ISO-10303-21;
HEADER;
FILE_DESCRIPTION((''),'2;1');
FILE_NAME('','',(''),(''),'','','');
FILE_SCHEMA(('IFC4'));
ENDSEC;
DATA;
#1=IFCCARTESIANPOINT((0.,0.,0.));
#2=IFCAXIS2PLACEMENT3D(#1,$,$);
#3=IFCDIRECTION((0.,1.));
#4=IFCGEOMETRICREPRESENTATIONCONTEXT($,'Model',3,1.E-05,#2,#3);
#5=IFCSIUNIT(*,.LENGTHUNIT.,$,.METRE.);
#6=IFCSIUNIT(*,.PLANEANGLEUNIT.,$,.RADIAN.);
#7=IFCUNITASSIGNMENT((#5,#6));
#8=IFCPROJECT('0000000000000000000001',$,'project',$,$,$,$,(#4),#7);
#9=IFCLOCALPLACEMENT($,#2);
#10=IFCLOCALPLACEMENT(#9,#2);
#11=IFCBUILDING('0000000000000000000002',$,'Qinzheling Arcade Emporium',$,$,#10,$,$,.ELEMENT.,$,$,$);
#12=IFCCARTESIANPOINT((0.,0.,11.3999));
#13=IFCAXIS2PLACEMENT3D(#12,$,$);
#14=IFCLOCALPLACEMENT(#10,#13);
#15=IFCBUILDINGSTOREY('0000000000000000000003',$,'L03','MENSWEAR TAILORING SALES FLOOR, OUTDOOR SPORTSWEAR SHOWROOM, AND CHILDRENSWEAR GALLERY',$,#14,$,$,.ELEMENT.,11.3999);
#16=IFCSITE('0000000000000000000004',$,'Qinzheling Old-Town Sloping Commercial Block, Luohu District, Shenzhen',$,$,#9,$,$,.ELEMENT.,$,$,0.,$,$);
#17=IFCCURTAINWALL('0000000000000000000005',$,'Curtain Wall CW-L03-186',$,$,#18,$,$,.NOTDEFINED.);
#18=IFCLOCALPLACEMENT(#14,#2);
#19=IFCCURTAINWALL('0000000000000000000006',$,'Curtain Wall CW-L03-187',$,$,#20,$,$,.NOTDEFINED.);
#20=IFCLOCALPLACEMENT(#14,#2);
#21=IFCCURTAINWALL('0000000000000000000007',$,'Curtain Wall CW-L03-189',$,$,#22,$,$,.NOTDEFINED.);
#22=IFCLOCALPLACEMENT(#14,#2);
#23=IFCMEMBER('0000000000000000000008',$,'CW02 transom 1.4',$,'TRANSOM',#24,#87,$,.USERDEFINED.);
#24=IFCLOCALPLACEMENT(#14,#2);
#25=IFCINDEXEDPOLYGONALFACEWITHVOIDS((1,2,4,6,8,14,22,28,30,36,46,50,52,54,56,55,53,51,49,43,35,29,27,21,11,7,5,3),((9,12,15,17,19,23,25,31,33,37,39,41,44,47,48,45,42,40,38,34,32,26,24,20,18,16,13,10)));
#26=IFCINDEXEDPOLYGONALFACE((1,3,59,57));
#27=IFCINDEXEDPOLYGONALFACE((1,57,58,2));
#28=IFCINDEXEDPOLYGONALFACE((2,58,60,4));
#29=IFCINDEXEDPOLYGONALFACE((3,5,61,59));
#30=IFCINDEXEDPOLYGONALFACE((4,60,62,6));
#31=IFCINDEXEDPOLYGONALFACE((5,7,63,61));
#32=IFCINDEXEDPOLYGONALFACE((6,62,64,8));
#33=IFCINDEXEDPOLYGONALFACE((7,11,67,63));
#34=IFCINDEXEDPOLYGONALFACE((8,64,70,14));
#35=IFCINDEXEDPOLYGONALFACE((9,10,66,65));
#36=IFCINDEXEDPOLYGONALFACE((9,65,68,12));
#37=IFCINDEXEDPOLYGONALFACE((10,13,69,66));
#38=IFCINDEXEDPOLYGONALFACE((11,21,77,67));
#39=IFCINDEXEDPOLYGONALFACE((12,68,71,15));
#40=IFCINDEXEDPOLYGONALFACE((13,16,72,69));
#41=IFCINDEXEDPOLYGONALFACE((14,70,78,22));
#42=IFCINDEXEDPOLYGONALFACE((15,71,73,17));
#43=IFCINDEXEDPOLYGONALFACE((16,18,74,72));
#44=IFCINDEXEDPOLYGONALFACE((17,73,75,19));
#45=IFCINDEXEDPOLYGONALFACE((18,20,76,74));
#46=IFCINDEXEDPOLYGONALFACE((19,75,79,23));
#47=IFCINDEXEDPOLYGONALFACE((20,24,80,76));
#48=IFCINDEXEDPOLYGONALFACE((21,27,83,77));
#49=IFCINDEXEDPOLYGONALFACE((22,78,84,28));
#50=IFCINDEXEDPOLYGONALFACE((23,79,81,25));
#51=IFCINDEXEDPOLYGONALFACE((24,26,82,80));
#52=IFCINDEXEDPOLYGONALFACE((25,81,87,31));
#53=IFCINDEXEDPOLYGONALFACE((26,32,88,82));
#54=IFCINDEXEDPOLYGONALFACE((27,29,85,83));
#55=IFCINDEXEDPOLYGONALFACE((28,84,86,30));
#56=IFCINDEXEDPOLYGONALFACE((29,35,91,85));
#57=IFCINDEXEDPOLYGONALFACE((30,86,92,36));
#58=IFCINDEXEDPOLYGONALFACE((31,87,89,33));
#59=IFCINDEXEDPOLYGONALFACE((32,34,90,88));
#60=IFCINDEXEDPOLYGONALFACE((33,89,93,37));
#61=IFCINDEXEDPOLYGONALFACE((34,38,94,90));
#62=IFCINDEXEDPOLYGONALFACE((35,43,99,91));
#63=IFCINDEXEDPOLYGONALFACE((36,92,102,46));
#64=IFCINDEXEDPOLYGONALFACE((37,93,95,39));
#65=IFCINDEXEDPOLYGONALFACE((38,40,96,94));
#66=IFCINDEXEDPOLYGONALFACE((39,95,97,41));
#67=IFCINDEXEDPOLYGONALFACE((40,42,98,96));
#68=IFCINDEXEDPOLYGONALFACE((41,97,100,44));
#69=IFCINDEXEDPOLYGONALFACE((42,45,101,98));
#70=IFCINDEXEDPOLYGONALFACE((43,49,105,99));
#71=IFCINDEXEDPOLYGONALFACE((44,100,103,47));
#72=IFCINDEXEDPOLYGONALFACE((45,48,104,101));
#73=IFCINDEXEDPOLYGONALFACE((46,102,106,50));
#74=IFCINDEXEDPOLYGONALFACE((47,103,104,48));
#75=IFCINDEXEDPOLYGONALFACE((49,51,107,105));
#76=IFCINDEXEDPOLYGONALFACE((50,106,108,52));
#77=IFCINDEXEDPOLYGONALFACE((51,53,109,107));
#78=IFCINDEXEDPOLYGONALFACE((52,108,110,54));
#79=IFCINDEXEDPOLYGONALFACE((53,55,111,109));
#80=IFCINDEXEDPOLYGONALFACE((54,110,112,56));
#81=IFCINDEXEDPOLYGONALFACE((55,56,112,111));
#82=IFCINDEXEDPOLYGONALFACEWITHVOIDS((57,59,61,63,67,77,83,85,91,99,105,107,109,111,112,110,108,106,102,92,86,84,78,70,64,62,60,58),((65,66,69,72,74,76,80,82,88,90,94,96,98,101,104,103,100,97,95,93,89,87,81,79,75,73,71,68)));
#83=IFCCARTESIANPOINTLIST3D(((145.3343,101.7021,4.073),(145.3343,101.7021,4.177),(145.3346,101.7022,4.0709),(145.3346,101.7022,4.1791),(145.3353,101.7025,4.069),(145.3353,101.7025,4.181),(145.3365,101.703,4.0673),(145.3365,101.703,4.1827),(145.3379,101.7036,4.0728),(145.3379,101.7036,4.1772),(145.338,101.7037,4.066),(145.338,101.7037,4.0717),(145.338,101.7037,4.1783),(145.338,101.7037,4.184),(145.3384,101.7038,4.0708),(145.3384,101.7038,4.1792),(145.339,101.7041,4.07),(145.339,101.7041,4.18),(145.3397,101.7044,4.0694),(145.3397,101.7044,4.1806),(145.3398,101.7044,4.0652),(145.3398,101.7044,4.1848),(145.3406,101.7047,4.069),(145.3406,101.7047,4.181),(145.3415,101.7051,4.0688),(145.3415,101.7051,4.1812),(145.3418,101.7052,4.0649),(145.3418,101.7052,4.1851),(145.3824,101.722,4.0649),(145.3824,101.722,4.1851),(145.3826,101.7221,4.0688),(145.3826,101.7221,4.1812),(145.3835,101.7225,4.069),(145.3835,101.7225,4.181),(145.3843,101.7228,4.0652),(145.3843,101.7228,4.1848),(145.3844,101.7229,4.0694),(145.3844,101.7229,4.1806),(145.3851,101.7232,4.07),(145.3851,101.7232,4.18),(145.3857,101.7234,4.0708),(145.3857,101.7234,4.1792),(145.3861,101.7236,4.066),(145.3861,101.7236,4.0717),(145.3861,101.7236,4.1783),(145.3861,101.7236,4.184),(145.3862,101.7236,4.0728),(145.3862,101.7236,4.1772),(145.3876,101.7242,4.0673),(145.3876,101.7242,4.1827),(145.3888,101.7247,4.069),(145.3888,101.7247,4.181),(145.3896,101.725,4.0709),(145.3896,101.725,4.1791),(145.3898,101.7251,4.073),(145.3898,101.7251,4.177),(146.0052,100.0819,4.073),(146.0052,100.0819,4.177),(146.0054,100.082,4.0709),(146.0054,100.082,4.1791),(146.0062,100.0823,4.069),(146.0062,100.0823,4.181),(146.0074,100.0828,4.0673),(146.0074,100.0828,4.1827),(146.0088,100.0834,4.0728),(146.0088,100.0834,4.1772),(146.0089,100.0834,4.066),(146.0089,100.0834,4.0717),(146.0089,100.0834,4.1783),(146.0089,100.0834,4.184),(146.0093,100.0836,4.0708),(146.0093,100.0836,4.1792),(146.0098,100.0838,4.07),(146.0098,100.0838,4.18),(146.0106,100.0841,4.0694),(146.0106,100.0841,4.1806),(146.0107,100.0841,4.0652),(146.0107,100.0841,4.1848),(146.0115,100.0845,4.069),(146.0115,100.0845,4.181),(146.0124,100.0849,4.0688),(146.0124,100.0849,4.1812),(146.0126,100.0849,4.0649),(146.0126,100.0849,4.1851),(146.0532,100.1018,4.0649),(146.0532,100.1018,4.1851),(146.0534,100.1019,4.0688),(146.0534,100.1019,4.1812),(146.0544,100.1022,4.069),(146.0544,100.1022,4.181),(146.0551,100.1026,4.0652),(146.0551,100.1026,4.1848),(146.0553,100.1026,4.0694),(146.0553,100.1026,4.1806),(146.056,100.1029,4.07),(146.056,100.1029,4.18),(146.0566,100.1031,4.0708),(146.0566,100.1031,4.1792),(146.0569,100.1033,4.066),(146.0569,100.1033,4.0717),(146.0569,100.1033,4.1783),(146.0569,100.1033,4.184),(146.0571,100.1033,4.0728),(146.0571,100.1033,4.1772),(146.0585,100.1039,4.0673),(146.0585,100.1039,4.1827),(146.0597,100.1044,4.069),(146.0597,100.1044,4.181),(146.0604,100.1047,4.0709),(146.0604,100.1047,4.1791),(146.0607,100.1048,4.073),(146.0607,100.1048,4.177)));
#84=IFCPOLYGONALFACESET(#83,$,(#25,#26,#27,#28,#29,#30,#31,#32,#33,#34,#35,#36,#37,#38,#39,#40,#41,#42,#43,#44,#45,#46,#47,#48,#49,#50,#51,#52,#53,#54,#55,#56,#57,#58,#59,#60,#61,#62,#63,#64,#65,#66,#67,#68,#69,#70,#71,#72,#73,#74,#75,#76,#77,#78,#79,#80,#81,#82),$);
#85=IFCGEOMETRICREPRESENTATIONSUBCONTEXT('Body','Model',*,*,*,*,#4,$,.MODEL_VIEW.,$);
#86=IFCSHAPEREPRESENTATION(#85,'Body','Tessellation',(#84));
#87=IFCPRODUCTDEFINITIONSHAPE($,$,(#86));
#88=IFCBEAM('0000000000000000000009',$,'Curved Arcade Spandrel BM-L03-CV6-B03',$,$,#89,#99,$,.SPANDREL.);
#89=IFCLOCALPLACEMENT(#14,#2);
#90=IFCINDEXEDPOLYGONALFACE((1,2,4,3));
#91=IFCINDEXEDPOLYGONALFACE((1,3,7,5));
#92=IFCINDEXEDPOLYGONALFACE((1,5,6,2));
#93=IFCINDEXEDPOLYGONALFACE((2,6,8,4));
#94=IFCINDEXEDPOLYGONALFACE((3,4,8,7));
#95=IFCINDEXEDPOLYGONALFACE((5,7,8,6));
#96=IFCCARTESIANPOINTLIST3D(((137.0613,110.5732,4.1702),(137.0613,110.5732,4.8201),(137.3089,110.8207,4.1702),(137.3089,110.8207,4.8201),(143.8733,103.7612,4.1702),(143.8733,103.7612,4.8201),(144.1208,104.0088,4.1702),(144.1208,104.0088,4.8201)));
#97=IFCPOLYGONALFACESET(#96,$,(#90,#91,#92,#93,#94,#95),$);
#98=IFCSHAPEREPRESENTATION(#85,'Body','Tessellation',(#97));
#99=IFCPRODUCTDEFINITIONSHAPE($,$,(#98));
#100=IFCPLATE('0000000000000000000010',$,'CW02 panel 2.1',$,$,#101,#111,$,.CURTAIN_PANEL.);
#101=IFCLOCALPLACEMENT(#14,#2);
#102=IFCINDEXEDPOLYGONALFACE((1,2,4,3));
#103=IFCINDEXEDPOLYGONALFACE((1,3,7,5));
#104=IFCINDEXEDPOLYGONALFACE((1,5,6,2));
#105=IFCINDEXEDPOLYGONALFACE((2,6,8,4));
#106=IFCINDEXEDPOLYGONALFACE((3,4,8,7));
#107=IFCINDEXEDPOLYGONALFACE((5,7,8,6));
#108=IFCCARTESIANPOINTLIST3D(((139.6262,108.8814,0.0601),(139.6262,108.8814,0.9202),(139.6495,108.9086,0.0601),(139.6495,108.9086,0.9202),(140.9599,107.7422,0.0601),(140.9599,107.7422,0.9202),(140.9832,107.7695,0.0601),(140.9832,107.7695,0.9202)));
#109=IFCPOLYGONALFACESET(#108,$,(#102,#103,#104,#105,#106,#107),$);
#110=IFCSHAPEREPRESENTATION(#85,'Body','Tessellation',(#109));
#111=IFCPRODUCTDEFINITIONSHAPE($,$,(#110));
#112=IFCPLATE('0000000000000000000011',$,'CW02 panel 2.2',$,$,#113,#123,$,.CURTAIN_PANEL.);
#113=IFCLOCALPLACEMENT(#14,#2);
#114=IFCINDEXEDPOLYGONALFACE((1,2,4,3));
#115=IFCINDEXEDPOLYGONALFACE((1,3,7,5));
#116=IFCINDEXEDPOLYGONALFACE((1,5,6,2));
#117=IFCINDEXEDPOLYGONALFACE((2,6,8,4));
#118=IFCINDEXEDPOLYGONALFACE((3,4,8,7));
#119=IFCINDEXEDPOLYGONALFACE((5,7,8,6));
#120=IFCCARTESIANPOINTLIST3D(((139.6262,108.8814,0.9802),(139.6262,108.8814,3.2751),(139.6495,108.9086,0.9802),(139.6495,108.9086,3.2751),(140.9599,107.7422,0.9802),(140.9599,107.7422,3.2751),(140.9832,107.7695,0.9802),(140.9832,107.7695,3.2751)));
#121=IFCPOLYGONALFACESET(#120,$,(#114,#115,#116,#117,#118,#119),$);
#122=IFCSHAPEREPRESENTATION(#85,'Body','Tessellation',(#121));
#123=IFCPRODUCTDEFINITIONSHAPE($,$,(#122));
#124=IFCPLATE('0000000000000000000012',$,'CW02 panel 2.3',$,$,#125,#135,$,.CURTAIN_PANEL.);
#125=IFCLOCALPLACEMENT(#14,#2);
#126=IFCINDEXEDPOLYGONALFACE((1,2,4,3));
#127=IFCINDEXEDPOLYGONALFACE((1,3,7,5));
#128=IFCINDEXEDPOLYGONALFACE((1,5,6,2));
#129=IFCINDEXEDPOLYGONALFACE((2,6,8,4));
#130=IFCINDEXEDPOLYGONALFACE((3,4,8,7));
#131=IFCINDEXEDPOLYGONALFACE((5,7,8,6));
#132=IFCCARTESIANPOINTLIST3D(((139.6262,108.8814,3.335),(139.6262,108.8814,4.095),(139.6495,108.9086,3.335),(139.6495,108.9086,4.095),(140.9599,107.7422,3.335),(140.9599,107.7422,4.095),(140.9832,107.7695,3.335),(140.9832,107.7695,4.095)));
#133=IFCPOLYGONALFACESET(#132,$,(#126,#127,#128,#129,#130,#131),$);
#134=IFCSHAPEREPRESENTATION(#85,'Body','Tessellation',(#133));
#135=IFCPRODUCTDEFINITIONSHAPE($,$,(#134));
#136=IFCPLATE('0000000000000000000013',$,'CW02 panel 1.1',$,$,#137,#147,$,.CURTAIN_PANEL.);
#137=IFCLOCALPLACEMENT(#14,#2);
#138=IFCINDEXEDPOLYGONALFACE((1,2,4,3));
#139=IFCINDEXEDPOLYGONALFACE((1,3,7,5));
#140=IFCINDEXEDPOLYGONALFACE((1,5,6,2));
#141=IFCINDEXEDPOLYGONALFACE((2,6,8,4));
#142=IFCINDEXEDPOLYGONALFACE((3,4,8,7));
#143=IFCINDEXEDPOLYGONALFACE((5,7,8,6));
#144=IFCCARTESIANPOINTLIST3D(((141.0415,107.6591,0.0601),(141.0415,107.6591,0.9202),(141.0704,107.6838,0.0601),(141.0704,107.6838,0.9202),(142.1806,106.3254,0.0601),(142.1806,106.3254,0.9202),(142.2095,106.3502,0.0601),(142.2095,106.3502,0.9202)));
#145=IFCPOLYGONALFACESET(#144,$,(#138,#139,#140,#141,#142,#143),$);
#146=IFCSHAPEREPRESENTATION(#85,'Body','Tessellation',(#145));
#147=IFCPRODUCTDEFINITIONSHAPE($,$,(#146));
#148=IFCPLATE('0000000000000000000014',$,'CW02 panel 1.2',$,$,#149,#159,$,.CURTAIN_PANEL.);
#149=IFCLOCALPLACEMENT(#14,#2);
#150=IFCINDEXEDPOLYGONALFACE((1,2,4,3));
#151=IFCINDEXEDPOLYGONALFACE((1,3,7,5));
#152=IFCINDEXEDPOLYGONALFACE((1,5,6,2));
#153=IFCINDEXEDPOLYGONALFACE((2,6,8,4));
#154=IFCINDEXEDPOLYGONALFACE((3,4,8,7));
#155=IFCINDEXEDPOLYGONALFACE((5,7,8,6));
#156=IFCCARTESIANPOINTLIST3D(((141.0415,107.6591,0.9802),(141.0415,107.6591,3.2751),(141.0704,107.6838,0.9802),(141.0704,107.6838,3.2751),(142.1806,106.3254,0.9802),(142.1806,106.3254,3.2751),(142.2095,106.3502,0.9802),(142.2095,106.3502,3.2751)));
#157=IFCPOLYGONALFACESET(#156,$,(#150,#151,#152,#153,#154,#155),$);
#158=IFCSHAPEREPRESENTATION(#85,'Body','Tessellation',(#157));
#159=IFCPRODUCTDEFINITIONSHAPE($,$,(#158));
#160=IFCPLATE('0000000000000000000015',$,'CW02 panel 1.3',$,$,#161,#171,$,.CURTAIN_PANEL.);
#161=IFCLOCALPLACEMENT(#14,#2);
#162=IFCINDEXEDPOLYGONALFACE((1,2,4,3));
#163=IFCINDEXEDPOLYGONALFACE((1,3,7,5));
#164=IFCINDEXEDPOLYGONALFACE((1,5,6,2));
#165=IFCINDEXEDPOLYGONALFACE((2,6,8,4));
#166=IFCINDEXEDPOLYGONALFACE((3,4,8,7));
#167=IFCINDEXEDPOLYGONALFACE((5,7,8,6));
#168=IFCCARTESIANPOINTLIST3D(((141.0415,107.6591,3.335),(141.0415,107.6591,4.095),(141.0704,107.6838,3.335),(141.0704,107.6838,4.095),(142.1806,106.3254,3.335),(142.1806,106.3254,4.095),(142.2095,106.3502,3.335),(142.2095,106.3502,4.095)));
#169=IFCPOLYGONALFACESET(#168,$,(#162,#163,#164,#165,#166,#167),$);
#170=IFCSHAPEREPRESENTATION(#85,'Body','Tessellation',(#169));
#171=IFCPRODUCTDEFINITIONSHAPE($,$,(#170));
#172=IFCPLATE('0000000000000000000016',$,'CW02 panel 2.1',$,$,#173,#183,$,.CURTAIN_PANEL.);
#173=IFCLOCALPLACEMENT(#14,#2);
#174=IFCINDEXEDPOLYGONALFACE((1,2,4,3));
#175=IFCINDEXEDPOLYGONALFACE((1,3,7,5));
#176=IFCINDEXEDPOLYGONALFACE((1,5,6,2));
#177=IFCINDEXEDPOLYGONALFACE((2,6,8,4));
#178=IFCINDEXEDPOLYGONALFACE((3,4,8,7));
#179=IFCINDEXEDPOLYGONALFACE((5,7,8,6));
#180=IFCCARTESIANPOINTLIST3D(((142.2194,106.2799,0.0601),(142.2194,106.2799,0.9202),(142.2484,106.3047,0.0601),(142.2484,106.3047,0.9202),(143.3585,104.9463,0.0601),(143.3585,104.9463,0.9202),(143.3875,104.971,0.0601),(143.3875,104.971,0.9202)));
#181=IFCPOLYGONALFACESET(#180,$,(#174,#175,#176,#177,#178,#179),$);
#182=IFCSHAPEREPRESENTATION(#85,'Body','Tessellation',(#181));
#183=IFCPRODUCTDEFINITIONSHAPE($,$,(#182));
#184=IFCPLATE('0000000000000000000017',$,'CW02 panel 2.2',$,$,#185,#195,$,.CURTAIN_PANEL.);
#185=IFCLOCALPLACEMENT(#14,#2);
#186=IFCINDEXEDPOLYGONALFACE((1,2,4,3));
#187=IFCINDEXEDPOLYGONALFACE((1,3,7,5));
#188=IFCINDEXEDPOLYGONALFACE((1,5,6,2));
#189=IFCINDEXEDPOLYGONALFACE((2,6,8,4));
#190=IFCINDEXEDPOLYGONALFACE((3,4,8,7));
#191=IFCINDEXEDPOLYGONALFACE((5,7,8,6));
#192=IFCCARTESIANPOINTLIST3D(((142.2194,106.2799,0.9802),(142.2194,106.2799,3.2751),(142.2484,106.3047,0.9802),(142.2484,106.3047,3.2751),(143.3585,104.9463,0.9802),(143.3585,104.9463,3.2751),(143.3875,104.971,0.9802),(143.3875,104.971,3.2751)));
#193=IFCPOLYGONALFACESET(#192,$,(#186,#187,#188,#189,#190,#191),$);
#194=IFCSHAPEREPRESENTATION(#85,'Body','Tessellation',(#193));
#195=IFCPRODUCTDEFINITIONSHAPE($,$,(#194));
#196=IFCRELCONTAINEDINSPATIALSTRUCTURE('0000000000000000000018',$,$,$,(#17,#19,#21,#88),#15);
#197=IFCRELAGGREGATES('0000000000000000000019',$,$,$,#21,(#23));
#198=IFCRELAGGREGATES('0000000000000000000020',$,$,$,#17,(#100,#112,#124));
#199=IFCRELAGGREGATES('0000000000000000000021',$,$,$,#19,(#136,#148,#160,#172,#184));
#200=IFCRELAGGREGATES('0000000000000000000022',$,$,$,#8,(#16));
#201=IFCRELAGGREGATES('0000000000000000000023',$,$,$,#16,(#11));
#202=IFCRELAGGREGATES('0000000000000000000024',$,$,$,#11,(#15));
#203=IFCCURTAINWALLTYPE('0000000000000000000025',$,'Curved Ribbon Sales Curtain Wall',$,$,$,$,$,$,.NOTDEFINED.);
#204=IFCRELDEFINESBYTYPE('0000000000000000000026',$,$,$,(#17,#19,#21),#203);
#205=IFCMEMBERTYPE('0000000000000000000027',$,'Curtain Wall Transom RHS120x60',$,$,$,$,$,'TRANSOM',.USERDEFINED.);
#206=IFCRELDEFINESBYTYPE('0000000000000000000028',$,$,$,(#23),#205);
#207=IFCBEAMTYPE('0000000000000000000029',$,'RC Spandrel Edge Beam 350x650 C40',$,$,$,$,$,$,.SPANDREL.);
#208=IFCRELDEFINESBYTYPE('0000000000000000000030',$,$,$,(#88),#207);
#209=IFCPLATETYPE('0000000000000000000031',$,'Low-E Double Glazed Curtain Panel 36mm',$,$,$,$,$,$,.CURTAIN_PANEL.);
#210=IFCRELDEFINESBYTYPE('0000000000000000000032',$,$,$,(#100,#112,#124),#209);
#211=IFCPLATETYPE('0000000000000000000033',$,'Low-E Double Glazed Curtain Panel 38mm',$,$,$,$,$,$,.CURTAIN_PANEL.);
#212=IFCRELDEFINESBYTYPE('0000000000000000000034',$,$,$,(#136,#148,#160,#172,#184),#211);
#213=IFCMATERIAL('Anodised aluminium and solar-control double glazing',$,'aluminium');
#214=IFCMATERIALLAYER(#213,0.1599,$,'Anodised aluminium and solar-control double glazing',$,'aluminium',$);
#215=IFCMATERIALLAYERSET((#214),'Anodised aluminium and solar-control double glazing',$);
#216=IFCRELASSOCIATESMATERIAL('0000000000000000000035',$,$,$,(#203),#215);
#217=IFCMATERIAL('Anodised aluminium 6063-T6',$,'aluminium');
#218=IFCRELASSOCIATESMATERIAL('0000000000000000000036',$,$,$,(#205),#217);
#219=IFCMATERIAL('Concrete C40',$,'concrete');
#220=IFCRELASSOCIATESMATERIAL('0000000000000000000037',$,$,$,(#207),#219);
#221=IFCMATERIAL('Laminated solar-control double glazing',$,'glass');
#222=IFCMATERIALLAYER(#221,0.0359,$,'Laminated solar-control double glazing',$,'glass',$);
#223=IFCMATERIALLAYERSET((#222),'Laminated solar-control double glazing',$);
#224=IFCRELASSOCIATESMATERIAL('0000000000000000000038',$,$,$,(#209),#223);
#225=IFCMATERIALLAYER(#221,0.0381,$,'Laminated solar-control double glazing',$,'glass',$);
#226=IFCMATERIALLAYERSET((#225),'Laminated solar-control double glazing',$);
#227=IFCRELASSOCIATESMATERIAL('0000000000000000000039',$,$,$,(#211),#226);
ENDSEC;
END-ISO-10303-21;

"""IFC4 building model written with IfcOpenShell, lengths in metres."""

from ifc_helpers import new_model, si_unit, direction, frame, origin, origin_2d, place, context, subcontext, project, spatial, rectangle, hollow_rectangle, extrude, material, layer, layer_set, material_profile, profile_set, type_object, element, aggregate, save


model = new_model("IFC4")

# Units and contexts
model_context = context("Model", 3, precision=1e-05, world=origin(), true_north=direction((0.0, 1.0)))
body_context = subcontext(model_context, "Body", "Model", "MODEL_VIEW")
ifc_project = project(units=[si_unit("LENGTHUNIT", "METRE"), si_unit("PLANEANGLEUNIT", "RADIAN")], contexts=[model_context])

# Site, building, storey
site_placement = place(None, origin())
site = spatial("IfcSite", under=ifc_project, at=site_placement, Name="Qinzheling Old-Town Sloping Commercial Block, Luohu District, Shenzhen", CompositionType="ELEMENT", RefElevation=0.0)
building_placement = place(site_placement, origin())
building = spatial("IfcBuilding", under=site, at=building_placement, Name="Qinzheling Arcade Emporium", CompositionType="ELEMENT")
storey_placement = place(building_placement, frame((0.0, 0.0, 11.3999)))
storey = spatial("IfcBuildingStorey", under=building, at=storey_placement, Name="L03", Description="MENSWEAR TAILORING SALES FLOOR, OUTDOOR SPORTSWEAR SHOWROOM, AND CHILDRENSWEAR GALLERY", CompositionType="ELEMENT", Elevation=11.3999)

# Curtain walls
ifc_material_1 = material(Name="Anodised aluminium and solar-control double glazing", Category="aluminium")
ifc_layer_1 = layer(ifc_material_1, 0.1599, Name="Anodised aluminium and solar-control double glazing", Category="aluminium")
ifc_layer_set_1 = layer_set([ifc_layer_1], Name="Anodised aluminium and solar-control double glazing")
curtain_wall_type = type_object("IfcCurtainWallType", Name="Curved Ribbon Sales Curtain Wall", PredefinedType="NOTDEFINED", material=ifc_layer_set_1)
curtain_wall_1_placement = place(storey_placement, origin())
curtain_wall_1 = element("IfcCurtainWall", 1, at=curtain_wall_1_placement, inside=storey, type_object=curtain_wall_type, Name="Curtain Wall CW-L03-186", PredefinedType="NOTDEFINED")
ifc_material_2 = material(Name="Anodised aluminium 6063-T6", Category="aluminium")
curtain_wall_2_placement = place(storey_placement, origin())
curtain_wall_2 = element("IfcCurtainWall", 2, at=curtain_wall_2_placement, inside=storey, type_object=curtain_wall_type, Name="Curtain Wall CW-L03-187", PredefinedType="NOTDEFINED")

# Curtain wall
curtain_wall_3_placement = place(storey_placement, origin())
curtain_wall_3 = element("IfcCurtainWall", 3, at=curtain_wall_3_placement, inside=storey, type_object=curtain_wall_type, Name="Curtain Wall CW-L03-189", PredefinedType="NOTDEFINED")

# Member
ifc_material_profile_1 = material_profile(ifc_material_2, hollow_rectangle(XDim=0.0601, YDim=0.1201, WallThickness=0.0039, InnerFilletRadius=0.0039, OuterFilletRadius=0.0081, at=origin_2d()), Name="RHS 120x60x4", Category="aluminium")
ifc_profile_set_1 = profile_set([ifc_material_profile_1], Name="Anodised aluminium 6063-T6")
member_type_1 = type_object("IfcMemberType", Name="Curtain Wall Transom RHS120x60", ElementType="TRANSOM", PredefinedType="USERDEFINED", material=ifc_profile_set_1)
member_1_placement = place(storey_placement, frame((145.3621, 101.7136, 4.125), z_axis=(0.382549, -0.923935, 0.0), x_axis=(0.923935, 0.382549, 0.0)))
member_1 = element("IfcMember", 4, at=member_1_placement, type_object=member_type_1, Name="CW02 transom 1.4", ObjectType="TRANSOM", PredefinedType="USERDEFINED", context=body_context, shape_type="SweptSolid", body=[
    extrude(hollow_rectangle(XDim=0.0601, YDim=0.1201, WallThickness=0.0039, InnerFilletRadius=0.0039, OuterFilletRadius=0.0081, at=origin_2d()), origin(), (0.0, 0.0, 1.0), 1.7537),
])
aggregate(curtain_wall_3, [member_1])

# Beam
ifc_material_3 = material(Name="Concrete C40", Category="concrete")
ifc_material_profile_2 = material_profile(ifc_material_3, rectangle(XDim=0.3501, YDim=0.6499, at=origin_2d()), Name="RC 350x650", Category="concrete")
ifc_profile_set_2 = profile_set([ifc_material_profile_2], Name="Concrete C40")
beam_type = type_object("IfcBeamType", Name="RC Spandrel Edge Beam 350x650 C40", PredefinedType="SPANDREL", material=ifc_profile_set_2)
beam_placement = place(storey_placement, frame((143.9971, 103.885, 4.4951), z_axis=(-0.707107, 0.707107, 0.0), x_axis=(-0.707107, -0.707107, 0.0)))
element("IfcBeam", 5, at=beam_placement, inside=storey, type_object=beam_type, Name="Curved Arcade Spandrel BM-L03-CV6-B03", PredefinedType="SPANDREL", context=body_context, shape_type="SweptSolid", body=[
    extrude(rectangle(XDim=0.3501, YDim=0.6499, at=origin_2d()), origin(), (0.0, 0.0, 1.0), 9.6335),
])

# Plates
ifc_material_4 = material(Name="Laminated solar-control double glazing", Category="glass")
ifc_layer_2 = layer(ifc_material_4, 0.0359, Name="Laminated solar-control double glazing", Category="glass")
ifc_layer_set_2 = layer_set([ifc_layer_2], Name="Laminated solar-control double glazing")
plate_type_1 = type_object("IfcPlateType", Name="Low-E Double Glazed Curtain Panel 36mm", PredefinedType="CURTAIN_PANEL", material=ifc_layer_set_2)
plate_1_placement = place(storey_placement, frame((140.3047, 108.3254, 0.0601), z_axis=(0.0, 0.0, 1.0), x_axis=(0.760385, -0.649473, 0.0)))
plate_1 = element("IfcPlate", 6, at=plate_1_placement, type_object=plate_type_1, Name="CW02 panel 2.1", PredefinedType="CURTAIN_PANEL", context=body_context, shape_type="SweptSolid", body=[
    extrude(rectangle(XDim=1.7539, YDim=0.0359, at=origin_2d()), origin(), (0.0, 0.0, 1.0), 0.8601),
])
plate_2_placement = place(storey_placement, frame((140.3047, 108.3254, 0.9802), z_axis=(0.0, 0.0, 1.0), x_axis=(0.760385, -0.649473, 0.0)))
plate_2 = element("IfcPlate", 7, at=plate_2_placement, type_object=plate_type_1, Name="CW02 panel 2.2", PredefinedType="CURTAIN_PANEL", context=body_context, shape_type="SweptSolid", body=[
    extrude(rectangle(XDim=1.7539, YDim=0.0359, at=origin_2d()), origin(), (0.0, 0.0, 1.0), 2.2949),
])
plate_3_placement = place(storey_placement, frame((140.3047, 108.3254, 3.335), z_axis=(0.0, 0.0, 1.0), x_axis=(0.760385, -0.649473, 0.0)))
plate_3 = element("IfcPlate", 8, at=plate_3_placement, type_object=plate_type_1, Name="CW02 panel 2.3", PredefinedType="CURTAIN_PANEL", context=body_context, shape_type="SweptSolid", body=[
    extrude(rectangle(XDim=1.7539, YDim=0.0359, at=origin_2d()), origin(), (0.0, 0.0, 1.0), 0.76),
])
aggregate(curtain_wall_1, [plate_1, plate_2, plate_3])
ifc_layer_3 = layer(ifc_material_4, 0.0381, Name="Laminated solar-control double glazing", Category="glass")
ifc_layer_set_3 = layer_set([ifc_layer_3], Name="Laminated solar-control double glazing")
plate_type_2 = type_object("IfcPlateType", Name="Low-E Double Glazed Curtain Panel 38mm", PredefinedType="CURTAIN_PANEL", material=ifc_layer_set_3)
plate_4_placement = place(storey_placement, frame((141.6255, 107.0046, 0.0601), z_axis=(0.0, 0.0, 1.0), x_axis=(0.649473, -0.760385, 0.0)))
plate_4 = element("IfcPlate", 9, at=plate_4_placement, type_object=plate_type_2, Name="CW02 panel 1.1", PredefinedType="CURTAIN_PANEL", context=body_context, shape_type="SweptSolid", body=[
    extrude(rectangle(XDim=1.7539, YDim=0.0381, at=origin_2d()), origin(), (0.0, 0.0, 1.0), 0.8601),
])
plate_5_placement = place(storey_placement, frame((141.6255, 107.0046, 0.9802), z_axis=(0.0, 0.0, 1.0), x_axis=(0.649473, -0.760385, 0.0)))
plate_5 = element("IfcPlate", 10, at=plate_5_placement, type_object=plate_type_2, Name="CW02 panel 1.2", PredefinedType="CURTAIN_PANEL", context=body_context, shape_type="SweptSolid", body=[
    extrude(rectangle(XDim=1.7539, YDim=0.0381, at=origin_2d()), origin(), (0.0, 0.0, 1.0), 2.2949),
])
plate_6_placement = place(storey_placement, frame((141.6255, 107.0046, 3.335), z_axis=(0.0, 0.0, 1.0), x_axis=(0.649473, -0.760385, 0.0)))
plate_6 = element("IfcPlate", 11, at=plate_6_placement, type_object=plate_type_2, Name="CW02 panel 1.3", PredefinedType="CURTAIN_PANEL", context=body_context, shape_type="SweptSolid", body=[
    extrude(rectangle(XDim=1.7539, YDim=0.0381, at=origin_2d()), origin(), (0.0, 0.0, 1.0), 0.76),
])
plate_7_placement = place(storey_placement, frame((142.8035, 105.6255, 0.0601), z_axis=(0.0, 0.0, 1.0), x_axis=(0.649473, -0.760385, 0.0)))
plate_7 = element("IfcPlate", 12, at=plate_7_placement, type_object=plate_type_2, Name="CW02 panel 2.1", PredefinedType="CURTAIN_PANEL", context=body_context, shape_type="SweptSolid", body=[
    extrude(rectangle(XDim=1.7539, YDim=0.0381, at=origin_2d()), origin(), (0.0, 0.0, 1.0), 0.8601),
])
plate_8_placement = place(storey_placement, frame((142.8035, 105.6255, 0.9802), z_axis=(0.0, 0.0, 1.0), x_axis=(0.649473, -0.760385, 0.0)))
plate_8 = element("IfcPlate", 13, at=plate_8_placement, type_object=plate_type_2, Name="CW02 panel 2.2", PredefinedType="CURTAIN_PANEL", context=body_context, shape_type="SweptSolid", body=[
    extrude(rectangle(XDim=1.7539, YDim=0.0381, at=origin_2d()), origin(), (0.0, 0.0, 1.0), 2.2949),
])
aggregate(curtain_wall_2, [plate_4, plate_5, plate_6, plate_7, plate_8])

save(model, "model.ifc")
